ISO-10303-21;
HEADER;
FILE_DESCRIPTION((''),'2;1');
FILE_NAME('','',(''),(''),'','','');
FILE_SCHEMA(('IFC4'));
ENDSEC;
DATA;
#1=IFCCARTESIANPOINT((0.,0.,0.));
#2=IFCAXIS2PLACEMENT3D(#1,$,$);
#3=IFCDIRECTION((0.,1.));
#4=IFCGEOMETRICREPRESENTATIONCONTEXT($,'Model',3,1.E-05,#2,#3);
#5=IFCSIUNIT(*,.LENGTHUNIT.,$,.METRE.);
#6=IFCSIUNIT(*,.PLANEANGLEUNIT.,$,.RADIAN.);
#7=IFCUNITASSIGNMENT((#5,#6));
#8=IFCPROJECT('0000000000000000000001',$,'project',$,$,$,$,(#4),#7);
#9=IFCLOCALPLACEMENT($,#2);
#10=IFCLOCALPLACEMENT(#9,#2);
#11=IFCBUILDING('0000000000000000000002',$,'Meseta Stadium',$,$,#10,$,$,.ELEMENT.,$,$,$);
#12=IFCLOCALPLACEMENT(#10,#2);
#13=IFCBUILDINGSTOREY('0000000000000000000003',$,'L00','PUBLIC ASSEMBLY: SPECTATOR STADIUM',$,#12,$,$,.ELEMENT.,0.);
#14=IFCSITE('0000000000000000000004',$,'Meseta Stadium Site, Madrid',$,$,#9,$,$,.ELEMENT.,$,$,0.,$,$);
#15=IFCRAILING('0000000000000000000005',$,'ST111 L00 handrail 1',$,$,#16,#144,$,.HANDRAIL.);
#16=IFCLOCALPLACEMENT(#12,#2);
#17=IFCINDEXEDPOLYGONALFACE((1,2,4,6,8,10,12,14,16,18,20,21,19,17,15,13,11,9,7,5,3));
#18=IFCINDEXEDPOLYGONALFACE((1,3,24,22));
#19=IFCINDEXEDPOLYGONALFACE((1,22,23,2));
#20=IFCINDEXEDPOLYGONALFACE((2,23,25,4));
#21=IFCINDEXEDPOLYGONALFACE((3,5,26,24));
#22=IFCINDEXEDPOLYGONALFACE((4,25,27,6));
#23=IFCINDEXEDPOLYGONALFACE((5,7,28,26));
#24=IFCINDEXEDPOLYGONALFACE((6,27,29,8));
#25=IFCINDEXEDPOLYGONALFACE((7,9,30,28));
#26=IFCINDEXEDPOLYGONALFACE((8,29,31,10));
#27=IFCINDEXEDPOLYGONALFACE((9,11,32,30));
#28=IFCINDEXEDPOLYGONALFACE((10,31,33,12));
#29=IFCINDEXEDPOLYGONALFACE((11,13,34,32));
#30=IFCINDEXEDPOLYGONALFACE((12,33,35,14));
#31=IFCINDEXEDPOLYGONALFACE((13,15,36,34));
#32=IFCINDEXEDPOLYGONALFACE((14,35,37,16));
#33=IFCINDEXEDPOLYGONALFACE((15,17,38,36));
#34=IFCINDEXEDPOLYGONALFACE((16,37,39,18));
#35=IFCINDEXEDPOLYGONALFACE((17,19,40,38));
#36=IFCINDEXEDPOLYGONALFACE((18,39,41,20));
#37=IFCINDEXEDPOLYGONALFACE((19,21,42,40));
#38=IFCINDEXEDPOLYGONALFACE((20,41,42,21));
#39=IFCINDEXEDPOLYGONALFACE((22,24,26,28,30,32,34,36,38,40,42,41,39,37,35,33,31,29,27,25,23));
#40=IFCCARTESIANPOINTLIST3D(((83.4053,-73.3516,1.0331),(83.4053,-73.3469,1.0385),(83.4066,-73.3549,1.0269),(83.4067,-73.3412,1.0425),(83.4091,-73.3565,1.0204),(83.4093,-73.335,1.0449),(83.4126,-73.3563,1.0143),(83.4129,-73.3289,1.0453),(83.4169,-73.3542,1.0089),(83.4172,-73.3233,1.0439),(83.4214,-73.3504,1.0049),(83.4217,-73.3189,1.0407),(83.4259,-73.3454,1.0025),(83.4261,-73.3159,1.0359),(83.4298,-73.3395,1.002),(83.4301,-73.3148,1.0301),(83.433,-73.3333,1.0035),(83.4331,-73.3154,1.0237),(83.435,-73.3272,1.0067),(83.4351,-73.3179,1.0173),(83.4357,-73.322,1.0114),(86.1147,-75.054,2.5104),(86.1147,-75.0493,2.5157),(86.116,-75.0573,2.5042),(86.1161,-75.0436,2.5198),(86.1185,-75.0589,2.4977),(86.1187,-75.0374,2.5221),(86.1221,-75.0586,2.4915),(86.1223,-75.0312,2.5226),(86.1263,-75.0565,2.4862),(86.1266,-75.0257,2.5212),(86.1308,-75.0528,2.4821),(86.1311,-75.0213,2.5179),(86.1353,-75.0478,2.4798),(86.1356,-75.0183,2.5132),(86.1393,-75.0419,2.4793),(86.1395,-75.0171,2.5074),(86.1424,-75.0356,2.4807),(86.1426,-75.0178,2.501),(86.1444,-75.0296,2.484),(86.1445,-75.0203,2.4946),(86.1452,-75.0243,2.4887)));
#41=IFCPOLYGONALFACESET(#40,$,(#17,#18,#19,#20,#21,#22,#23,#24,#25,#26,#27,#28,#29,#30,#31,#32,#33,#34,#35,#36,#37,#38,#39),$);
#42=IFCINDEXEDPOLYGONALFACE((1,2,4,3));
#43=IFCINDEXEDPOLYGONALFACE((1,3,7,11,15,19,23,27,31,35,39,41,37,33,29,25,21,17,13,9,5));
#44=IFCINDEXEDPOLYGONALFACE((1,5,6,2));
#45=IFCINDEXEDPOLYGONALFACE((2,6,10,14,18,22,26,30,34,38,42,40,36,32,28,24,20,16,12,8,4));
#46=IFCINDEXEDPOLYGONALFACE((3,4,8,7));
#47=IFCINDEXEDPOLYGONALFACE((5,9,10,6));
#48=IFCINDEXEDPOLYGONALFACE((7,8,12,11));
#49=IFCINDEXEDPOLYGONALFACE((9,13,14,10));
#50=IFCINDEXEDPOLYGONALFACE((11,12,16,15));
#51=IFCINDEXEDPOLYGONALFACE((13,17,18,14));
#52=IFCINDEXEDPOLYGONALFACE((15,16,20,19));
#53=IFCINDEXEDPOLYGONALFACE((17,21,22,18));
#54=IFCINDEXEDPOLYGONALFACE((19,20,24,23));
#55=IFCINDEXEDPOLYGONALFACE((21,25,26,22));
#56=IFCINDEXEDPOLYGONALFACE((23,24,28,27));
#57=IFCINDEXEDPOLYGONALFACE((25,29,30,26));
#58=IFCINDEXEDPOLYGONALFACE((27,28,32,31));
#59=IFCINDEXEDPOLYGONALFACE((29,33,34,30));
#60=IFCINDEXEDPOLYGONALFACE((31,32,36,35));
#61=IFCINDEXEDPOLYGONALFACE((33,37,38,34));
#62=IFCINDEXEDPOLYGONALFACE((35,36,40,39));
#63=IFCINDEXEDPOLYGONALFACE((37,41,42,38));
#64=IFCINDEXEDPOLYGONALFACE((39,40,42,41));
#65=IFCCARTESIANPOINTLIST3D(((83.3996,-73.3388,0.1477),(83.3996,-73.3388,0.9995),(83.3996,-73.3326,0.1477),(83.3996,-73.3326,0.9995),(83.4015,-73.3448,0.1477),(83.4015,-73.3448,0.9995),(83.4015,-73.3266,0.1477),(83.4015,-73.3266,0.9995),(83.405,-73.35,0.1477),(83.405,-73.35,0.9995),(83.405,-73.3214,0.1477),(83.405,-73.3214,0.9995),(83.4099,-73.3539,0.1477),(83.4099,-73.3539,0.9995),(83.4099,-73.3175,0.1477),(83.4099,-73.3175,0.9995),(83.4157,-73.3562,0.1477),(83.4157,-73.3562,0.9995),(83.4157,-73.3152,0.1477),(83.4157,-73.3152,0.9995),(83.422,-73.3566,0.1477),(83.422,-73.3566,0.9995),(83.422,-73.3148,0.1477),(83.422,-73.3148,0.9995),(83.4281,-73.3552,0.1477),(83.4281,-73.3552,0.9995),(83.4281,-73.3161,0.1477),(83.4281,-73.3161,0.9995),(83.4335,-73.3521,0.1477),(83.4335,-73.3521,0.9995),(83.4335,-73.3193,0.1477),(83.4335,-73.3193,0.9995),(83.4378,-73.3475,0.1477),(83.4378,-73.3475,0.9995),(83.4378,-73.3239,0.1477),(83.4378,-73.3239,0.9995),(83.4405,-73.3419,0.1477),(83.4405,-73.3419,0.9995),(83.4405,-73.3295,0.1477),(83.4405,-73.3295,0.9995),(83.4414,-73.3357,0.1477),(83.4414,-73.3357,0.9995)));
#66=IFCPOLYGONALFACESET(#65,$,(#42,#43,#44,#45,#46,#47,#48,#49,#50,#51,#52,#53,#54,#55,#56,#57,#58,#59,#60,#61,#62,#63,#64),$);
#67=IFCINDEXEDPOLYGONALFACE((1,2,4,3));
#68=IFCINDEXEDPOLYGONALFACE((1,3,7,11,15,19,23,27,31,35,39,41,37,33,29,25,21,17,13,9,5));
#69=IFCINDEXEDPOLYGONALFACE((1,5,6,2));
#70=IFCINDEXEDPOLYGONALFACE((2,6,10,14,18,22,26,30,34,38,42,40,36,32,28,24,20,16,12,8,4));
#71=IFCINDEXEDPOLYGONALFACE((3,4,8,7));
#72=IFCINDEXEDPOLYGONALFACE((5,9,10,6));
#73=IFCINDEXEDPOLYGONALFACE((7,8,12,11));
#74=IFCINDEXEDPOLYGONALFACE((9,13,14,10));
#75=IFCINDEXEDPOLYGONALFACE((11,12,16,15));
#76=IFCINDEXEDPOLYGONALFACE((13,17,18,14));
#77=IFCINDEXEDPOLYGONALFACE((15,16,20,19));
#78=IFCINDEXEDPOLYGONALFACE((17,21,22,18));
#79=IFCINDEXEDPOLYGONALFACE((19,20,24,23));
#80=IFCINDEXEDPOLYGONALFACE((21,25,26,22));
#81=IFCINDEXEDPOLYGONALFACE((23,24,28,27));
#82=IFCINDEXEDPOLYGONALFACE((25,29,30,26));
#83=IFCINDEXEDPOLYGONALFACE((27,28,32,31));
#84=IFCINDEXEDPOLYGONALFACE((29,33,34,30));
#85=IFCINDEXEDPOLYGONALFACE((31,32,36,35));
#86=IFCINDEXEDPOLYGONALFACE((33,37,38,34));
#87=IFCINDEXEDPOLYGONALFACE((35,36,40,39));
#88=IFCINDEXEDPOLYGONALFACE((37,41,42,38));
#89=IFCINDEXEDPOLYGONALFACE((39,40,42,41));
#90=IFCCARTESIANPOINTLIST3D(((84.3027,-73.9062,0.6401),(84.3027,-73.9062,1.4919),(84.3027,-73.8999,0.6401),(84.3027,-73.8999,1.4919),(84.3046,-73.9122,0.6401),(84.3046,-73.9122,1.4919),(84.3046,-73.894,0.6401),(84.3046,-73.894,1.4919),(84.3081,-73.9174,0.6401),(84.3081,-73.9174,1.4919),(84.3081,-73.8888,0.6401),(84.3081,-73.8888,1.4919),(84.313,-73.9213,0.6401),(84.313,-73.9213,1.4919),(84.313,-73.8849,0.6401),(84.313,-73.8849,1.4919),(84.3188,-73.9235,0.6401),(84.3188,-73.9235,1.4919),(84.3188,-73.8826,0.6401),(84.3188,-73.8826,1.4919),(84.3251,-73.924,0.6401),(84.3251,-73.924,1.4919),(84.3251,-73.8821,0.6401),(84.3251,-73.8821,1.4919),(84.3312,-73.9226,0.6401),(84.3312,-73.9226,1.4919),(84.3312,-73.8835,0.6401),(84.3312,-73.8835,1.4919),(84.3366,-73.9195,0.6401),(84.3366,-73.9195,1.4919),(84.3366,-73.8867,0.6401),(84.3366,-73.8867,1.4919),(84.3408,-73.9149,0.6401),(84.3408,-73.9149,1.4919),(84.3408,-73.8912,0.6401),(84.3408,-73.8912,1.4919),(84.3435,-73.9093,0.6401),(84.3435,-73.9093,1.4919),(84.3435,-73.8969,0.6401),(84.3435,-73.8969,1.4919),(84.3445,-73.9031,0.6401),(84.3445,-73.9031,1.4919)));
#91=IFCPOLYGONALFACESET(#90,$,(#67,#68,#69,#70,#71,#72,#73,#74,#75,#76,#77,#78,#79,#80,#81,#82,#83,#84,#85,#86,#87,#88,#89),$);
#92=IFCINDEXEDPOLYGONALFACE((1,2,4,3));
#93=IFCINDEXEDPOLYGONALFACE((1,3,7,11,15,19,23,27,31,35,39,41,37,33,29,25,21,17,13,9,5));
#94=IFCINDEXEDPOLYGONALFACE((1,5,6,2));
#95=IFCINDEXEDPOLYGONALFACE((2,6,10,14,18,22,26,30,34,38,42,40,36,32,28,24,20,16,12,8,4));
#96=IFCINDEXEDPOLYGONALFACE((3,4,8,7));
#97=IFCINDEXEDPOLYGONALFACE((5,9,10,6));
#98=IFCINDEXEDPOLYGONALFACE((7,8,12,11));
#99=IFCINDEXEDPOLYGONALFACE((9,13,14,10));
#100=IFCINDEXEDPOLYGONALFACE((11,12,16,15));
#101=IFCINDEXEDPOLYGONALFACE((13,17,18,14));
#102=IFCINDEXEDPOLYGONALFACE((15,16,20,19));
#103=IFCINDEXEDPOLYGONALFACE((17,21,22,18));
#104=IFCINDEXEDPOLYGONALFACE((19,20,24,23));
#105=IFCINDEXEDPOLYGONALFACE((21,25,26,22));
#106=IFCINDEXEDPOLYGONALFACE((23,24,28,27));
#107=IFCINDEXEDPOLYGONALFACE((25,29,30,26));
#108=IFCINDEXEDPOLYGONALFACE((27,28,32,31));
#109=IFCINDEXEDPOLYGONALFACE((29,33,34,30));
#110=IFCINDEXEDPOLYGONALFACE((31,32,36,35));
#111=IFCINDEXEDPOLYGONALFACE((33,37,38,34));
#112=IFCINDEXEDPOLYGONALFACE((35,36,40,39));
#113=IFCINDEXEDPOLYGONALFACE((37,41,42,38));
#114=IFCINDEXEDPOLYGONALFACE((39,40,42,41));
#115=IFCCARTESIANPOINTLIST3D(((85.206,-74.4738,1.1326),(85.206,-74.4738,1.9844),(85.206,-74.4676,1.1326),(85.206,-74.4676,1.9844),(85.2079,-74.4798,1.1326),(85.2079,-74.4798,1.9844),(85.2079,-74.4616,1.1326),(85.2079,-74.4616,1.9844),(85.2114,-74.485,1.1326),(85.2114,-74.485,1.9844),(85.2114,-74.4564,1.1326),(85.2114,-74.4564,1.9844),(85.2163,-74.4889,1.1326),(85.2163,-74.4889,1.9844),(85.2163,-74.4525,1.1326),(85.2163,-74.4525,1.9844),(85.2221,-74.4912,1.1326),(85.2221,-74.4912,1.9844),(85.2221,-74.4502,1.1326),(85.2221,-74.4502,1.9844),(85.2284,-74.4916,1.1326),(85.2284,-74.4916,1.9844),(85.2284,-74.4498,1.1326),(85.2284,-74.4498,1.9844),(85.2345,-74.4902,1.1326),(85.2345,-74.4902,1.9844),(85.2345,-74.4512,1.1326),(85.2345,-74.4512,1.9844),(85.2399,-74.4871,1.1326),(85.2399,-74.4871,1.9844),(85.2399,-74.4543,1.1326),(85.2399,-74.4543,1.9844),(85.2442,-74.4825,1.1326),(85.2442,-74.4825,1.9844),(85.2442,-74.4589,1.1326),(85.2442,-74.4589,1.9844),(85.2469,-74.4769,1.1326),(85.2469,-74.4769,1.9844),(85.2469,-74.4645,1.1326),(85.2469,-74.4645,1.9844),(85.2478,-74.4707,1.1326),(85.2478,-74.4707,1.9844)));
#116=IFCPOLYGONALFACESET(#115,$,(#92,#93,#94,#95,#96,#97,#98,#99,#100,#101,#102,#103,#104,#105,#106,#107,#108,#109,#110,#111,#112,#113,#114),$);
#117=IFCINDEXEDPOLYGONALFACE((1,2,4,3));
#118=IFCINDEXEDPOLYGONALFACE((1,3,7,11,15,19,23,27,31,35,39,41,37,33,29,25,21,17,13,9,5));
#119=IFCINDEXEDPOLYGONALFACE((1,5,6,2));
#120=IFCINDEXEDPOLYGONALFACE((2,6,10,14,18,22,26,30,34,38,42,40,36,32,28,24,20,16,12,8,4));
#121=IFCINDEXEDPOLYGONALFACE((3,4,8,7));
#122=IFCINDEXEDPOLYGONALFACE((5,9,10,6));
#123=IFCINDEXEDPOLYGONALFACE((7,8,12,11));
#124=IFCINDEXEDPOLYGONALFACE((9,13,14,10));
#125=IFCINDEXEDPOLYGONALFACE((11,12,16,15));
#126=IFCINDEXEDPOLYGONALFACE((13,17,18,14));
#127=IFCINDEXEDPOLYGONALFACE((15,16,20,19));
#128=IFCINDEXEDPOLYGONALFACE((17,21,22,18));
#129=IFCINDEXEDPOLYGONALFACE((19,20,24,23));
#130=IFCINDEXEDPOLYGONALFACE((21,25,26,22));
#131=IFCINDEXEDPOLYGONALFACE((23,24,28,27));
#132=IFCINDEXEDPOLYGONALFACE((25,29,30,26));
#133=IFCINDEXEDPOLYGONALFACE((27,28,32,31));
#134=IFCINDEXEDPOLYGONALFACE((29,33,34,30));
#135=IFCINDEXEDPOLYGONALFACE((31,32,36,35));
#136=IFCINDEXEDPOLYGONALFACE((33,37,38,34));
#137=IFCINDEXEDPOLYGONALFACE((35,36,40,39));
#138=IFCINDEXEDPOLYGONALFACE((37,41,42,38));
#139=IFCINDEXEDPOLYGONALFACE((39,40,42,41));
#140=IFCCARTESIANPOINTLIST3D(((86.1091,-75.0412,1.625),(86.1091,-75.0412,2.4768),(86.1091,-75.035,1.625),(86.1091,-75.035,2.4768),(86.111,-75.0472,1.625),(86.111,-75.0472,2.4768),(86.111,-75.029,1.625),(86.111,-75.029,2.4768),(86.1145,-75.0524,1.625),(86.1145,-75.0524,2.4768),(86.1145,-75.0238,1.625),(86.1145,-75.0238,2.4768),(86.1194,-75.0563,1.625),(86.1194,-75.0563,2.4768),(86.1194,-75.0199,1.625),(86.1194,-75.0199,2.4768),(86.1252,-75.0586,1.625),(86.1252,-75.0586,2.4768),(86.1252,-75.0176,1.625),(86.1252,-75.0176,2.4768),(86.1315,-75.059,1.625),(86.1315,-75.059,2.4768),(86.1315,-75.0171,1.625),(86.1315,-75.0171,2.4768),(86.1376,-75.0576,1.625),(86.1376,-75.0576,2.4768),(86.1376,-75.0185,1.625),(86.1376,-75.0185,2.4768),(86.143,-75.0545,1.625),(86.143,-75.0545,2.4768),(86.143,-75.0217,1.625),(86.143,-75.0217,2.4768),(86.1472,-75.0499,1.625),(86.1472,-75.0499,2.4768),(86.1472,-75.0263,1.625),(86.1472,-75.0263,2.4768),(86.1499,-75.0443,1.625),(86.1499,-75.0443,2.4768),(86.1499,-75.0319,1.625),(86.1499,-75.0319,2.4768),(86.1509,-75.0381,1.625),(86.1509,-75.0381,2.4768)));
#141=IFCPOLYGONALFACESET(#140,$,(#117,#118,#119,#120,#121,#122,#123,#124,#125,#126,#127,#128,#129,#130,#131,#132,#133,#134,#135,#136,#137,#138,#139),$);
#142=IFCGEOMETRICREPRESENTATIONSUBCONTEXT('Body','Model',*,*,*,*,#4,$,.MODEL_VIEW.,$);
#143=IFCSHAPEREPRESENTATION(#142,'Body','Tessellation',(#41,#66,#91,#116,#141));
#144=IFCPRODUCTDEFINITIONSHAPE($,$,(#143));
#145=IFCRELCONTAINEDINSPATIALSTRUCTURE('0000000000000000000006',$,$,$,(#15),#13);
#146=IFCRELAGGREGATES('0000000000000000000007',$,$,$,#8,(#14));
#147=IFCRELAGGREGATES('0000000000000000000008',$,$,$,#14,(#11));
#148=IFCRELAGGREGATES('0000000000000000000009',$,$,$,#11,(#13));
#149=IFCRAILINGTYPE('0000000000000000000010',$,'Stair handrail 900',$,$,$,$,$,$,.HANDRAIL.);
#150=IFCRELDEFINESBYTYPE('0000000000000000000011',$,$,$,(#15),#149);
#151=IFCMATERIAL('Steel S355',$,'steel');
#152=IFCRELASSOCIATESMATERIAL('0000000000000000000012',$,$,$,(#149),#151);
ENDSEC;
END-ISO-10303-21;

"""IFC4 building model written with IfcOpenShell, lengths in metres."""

from ifc_helpers import new_model, si_unit, direction, frame, origin, origin_2d, place, context, subcontext, project, spatial, circle, extrude, material, type_object, element, save


model = new_model("IFC4")

# Units and contexts
model_context = context("Model", 3, precision=1e-05, world=origin(), true_north=direction((0.0, 1.0)))
body_context = subcontext(model_context, "Body", "Model", "MODEL_VIEW")
ifc_project = project(units=[si_unit("LENGTHUNIT", "METRE"), si_unit("PLANEANGLEUNIT", "RADIAN")], contexts=[model_context])

# Site, building, storey
site_placement = place(None, origin())
site = spatial("IfcSite", under=ifc_project, at=site_placement, Name="Meseta Stadium Site, Madrid", CompositionType="ELEMENT", RefElevation=0.0)
building_placement = place(site_placement, origin())
building = spatial("IfcBuilding", under=site, at=building_placement, Name="Meseta Stadium", CompositionType="ELEMENT")
storey_placement = place(building_placement, origin())
storey = spatial("IfcBuildingStorey", under=building, at=storey_placement, Name="L00", Description="PUBLIC ASSEMBLY: SPECTATOR STADIUM", CompositionType="ELEMENT", Elevation=0.0)

# Railing
ifc_material_1 = material(Name="Steel S355", Category="steel")
railing_type_1 = type_object("IfcRailingType", Name="Stair handrail 900", PredefinedType="HANDRAIL", material=ifc_material_1)
for number, where, name in (
    (1, (83.4204, -73.3357, 0.1477), "ST111 L00 handrail 1"),
):
    element("IfcRailing", number, at=place(storey_placement, frame(where)), inside=storey, type_object=railing_type_1, Name=name, PredefinedType="HANDRAIL", context=body_context, shape_type="SweptSolid", body=[
        extrude(circle(Radius=0.0239, at=origin_2d()), frame((0.0, 0.0, 0.876), z_axis=(0.768764, -0.483023, 0.419156), x_axis=(0.532014, 0.846736, 0.0)), (0.0, 0.0, 1.0), 3.5244),
        extrude(circle(Radius=0.021, at=origin_2d()), origin(), (0.0, 0.0, 1.0), 0.8518),
        extrude(circle(Radius=0.021, at=origin_2d()), frame((0.9031, -0.5674, 0.4924)), (0.0, 0.0, 1.0), 0.8518),
        extrude(circle(Radius=0.021, at=origin_2d()), frame((1.8064, -1.135, 0.9849)), (0.0, 0.0, 1.0), 0.8518),
        extrude(circle(Radius=0.021, at=origin_2d()), frame((2.7095, -1.7024, 1.4773)), (0.0, 0.0, 1.0), 0.8518),
    ])

save(model, "model.ifc")
